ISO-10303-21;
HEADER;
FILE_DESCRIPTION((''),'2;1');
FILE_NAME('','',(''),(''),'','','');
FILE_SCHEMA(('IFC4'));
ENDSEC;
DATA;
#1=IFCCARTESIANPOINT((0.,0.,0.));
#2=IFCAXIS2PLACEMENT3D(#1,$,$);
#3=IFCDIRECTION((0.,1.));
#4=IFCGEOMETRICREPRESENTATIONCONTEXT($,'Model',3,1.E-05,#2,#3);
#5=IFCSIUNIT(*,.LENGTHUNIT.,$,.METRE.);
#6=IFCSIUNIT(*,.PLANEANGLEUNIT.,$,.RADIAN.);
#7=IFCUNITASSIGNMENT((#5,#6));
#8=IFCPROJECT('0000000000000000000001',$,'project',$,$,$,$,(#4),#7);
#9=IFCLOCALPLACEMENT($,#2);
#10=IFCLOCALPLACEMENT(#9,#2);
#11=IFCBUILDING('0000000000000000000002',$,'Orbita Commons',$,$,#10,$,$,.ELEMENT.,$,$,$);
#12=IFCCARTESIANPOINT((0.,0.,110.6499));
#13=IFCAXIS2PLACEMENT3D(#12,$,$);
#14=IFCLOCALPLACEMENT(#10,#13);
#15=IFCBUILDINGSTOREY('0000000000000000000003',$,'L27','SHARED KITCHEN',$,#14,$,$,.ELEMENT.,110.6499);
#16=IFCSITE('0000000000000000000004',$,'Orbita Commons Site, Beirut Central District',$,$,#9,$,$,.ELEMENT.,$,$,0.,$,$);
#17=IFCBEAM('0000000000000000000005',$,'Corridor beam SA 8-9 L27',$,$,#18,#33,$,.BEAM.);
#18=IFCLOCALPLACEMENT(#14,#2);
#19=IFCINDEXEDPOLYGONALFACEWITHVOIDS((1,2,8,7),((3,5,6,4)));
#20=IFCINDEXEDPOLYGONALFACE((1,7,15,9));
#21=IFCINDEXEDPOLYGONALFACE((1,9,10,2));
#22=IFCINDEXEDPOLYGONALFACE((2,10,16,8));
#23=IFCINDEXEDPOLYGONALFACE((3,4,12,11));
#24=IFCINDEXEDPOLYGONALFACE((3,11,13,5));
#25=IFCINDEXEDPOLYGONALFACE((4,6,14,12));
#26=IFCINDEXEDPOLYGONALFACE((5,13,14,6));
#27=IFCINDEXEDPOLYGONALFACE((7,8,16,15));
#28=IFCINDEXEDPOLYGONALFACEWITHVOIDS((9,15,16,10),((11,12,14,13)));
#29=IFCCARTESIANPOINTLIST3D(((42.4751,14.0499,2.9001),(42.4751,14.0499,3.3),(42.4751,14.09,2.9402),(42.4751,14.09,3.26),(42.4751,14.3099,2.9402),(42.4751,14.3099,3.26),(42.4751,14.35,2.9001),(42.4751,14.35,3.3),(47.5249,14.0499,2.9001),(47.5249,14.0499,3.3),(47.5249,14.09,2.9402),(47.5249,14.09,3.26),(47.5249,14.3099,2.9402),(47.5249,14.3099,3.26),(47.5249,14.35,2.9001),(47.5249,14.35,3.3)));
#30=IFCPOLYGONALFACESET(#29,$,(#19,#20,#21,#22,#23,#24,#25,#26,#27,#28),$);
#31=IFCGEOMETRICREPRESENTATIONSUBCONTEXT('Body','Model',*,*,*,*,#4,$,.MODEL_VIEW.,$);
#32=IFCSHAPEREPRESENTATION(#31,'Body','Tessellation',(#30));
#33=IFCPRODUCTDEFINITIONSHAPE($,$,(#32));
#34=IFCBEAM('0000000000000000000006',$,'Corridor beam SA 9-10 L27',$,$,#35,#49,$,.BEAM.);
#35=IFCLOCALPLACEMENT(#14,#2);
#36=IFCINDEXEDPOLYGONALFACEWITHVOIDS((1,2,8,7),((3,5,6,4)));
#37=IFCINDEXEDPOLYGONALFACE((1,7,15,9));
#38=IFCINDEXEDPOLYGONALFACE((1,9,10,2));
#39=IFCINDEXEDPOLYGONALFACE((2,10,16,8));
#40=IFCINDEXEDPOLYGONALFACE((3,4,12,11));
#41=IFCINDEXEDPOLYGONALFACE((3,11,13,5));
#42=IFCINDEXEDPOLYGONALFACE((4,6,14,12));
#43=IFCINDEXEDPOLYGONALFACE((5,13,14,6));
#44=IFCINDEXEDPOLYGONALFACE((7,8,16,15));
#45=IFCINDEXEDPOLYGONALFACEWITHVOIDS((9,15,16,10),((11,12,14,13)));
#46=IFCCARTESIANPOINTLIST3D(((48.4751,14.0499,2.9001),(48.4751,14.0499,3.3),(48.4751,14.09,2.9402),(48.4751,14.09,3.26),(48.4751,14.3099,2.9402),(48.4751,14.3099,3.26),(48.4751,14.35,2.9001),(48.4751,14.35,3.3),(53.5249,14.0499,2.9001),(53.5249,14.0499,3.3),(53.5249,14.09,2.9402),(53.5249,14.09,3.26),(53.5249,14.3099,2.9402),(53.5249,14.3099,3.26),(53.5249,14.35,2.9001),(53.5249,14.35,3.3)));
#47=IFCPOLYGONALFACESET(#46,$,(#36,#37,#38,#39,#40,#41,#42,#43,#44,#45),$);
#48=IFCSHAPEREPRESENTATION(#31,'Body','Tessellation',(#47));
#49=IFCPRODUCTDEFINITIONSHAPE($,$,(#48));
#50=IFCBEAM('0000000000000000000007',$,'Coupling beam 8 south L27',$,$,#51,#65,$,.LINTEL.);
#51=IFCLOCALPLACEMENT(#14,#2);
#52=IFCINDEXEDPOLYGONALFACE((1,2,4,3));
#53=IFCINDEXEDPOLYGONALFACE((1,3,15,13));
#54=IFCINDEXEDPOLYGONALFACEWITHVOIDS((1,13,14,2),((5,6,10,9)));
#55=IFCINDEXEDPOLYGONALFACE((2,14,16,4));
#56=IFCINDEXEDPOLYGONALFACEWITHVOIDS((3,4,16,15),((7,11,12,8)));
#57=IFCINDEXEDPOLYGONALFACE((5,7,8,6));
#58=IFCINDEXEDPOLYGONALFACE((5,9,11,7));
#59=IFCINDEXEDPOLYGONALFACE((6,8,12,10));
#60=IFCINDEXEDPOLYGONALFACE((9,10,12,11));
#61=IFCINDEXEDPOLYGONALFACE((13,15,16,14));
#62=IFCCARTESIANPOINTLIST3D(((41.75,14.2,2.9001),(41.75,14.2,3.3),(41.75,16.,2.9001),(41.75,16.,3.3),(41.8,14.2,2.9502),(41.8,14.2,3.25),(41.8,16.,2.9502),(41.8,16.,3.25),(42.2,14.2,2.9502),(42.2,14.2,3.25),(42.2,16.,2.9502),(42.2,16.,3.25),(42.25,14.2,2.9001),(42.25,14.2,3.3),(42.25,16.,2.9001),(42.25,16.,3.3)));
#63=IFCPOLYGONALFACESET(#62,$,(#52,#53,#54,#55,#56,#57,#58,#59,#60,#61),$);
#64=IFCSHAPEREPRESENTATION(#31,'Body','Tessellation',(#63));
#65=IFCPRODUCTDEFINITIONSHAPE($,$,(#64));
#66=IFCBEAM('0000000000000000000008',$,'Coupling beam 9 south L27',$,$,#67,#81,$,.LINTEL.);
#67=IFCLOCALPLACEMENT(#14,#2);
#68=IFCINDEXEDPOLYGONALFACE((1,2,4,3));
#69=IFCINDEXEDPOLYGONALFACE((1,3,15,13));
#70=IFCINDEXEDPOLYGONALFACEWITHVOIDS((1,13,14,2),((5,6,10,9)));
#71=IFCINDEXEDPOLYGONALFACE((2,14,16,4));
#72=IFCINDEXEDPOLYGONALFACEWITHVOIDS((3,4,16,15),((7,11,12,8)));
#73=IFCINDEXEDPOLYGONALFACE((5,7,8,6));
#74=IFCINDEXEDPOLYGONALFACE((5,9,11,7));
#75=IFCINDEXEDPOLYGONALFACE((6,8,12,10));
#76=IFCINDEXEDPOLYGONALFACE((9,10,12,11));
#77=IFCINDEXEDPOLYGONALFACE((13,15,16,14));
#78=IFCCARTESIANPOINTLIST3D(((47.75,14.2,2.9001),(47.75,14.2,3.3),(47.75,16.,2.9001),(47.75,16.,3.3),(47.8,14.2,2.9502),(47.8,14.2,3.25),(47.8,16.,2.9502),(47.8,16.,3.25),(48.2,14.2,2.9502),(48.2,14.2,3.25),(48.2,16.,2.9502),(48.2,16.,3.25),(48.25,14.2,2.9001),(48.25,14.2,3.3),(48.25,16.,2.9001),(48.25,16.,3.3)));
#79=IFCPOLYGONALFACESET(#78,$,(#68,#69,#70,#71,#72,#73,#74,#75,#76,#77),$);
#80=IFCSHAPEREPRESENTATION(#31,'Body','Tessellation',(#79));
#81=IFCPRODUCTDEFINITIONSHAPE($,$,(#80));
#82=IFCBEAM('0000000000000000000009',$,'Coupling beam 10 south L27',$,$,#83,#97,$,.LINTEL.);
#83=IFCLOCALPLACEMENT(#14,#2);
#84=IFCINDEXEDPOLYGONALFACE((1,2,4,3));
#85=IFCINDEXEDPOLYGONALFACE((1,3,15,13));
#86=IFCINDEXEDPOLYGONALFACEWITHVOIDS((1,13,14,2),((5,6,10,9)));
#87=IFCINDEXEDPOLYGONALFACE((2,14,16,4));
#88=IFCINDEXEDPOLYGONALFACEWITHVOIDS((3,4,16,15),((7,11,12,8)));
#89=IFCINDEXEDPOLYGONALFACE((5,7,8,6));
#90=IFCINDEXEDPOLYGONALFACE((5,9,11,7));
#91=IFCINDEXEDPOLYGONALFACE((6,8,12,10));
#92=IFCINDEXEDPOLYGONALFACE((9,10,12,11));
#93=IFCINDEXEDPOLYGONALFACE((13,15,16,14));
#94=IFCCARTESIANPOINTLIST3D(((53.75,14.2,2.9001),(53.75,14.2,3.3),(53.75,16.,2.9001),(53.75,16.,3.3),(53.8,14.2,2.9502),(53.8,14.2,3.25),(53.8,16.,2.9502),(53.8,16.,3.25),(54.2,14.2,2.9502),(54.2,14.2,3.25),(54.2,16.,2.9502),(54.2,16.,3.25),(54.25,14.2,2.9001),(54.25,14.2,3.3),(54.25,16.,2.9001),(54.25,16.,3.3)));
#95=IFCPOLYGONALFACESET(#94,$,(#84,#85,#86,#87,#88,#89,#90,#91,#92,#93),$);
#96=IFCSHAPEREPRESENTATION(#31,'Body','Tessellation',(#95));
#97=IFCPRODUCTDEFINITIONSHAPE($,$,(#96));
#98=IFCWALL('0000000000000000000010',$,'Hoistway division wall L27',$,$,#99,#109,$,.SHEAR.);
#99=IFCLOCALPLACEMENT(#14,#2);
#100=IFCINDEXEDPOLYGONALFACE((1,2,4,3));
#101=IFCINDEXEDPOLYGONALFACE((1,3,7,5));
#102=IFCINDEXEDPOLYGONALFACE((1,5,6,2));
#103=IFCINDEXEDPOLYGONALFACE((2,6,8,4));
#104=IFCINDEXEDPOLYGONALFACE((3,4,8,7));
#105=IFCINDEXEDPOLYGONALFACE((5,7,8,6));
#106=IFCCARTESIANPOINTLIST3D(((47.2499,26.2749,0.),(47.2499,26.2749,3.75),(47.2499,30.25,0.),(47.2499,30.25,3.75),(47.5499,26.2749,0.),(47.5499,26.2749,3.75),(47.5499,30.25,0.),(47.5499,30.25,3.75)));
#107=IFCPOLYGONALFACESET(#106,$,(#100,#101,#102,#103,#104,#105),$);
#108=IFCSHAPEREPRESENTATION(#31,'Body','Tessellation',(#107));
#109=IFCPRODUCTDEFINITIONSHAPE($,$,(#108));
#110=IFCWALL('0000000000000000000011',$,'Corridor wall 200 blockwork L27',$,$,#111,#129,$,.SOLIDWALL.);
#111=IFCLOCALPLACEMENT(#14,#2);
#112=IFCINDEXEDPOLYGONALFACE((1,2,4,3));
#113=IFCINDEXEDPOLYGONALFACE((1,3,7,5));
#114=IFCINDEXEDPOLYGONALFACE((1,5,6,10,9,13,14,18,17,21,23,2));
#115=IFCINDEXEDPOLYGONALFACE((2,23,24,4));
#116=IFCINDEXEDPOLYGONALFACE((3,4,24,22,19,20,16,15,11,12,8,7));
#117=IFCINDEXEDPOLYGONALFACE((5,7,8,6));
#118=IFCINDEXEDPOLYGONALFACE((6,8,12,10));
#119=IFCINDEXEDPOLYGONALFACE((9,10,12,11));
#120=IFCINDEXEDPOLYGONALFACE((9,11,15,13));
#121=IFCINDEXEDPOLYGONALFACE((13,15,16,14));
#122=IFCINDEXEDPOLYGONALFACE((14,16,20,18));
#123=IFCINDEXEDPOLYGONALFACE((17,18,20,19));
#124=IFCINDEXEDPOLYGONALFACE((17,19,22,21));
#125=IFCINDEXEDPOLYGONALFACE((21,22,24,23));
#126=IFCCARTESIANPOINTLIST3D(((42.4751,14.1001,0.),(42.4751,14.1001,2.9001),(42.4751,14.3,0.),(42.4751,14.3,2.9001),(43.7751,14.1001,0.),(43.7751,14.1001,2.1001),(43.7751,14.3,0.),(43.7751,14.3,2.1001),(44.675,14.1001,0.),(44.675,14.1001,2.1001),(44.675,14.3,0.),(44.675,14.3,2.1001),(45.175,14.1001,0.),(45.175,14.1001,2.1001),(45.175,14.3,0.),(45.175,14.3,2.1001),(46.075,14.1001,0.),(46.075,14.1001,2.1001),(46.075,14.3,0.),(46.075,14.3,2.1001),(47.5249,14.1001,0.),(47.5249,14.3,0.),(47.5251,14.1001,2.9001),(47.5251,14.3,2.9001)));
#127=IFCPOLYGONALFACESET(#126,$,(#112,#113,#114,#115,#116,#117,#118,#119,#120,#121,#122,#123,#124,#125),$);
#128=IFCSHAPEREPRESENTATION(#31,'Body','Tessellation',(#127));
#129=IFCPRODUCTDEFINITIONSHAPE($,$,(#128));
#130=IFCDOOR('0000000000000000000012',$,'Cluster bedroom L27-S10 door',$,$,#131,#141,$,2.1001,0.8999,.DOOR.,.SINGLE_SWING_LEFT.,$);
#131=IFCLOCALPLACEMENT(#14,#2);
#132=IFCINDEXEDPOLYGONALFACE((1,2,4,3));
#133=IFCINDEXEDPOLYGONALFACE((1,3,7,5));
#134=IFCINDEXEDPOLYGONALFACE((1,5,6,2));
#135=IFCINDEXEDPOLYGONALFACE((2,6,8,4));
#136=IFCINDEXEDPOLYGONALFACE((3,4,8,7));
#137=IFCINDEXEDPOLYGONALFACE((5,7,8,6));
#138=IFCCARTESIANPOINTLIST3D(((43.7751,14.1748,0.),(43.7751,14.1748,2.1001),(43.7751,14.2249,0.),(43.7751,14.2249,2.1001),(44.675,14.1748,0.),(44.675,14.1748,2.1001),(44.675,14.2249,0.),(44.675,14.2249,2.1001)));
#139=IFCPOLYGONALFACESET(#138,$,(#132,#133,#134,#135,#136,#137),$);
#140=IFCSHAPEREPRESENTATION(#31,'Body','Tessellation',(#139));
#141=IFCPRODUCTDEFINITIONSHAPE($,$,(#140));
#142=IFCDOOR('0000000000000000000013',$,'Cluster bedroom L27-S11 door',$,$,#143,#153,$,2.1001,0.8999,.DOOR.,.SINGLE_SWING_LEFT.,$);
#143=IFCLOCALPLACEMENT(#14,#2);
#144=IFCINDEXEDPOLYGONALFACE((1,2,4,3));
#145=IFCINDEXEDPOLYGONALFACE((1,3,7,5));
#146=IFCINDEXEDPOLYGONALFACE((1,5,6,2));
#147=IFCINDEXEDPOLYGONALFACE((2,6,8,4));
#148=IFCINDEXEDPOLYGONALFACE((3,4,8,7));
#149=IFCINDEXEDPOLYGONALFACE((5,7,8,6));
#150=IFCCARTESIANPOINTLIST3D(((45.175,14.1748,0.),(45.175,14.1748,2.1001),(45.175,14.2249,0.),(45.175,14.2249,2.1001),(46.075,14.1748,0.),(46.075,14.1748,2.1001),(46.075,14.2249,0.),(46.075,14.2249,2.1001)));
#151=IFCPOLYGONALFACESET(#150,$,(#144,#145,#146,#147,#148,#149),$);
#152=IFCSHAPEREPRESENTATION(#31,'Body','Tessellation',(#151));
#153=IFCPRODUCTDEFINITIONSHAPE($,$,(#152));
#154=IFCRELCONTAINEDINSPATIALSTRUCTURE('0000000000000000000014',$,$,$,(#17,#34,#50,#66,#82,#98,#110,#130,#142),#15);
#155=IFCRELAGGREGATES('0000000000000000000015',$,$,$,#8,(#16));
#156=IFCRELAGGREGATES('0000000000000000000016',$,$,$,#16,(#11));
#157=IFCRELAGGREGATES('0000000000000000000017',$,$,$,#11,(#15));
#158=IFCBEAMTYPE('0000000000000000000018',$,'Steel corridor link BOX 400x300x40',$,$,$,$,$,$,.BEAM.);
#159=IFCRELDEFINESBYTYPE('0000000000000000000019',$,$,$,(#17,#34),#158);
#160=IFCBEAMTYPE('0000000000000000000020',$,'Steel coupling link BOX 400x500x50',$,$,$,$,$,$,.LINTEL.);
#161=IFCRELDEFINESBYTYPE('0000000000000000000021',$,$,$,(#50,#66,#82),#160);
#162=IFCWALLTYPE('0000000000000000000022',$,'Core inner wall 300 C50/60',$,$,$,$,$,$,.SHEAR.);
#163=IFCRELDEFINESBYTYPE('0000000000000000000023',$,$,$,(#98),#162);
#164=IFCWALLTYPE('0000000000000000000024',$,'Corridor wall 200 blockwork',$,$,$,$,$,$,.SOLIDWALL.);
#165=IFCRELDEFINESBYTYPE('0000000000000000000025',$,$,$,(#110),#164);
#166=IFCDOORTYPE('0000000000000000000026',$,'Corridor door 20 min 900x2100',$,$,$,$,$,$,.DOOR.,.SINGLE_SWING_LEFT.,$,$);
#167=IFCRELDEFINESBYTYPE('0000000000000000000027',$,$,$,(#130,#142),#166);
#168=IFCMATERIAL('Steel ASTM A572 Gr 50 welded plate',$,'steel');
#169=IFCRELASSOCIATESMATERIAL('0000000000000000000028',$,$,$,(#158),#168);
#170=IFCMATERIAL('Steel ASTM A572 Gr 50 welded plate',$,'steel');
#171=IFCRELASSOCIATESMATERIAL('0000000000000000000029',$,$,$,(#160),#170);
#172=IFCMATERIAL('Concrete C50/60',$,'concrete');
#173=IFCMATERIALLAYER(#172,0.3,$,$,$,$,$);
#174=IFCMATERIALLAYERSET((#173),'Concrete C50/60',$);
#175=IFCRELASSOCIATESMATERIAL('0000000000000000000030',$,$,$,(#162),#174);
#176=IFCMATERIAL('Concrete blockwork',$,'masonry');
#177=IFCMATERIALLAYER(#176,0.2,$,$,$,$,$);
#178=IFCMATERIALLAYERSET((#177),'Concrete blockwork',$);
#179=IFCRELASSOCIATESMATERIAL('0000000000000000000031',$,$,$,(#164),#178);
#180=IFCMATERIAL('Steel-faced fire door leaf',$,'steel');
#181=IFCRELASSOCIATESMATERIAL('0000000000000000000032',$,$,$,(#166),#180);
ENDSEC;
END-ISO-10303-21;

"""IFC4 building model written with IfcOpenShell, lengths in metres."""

from ifc_helpers import new_model, si_unit, direction, frame, frame_2d, origin, origin_2d, place, context, subcontext, project, spatial, polyline, rectangle, hollow_rectangle, outline, extrude, material, layer, layer_set, material_profile, profile_set, type_object, element, fill, save


model = new_model("IFC4")

# Units and contexts
model_context = context("Model", 3, precision=1e-05, world=origin(), true_north=direction((0.0, 1.0)))
body_context = subcontext(model_context, "Body", "Model", "MODEL_VIEW")
ifc_project = project(units=[si_unit("LENGTHUNIT", "METRE"), si_unit("PLANEANGLEUNIT", "RADIAN")], contexts=[model_context])

# Site, building, storey
site_placement = place(None, origin())
site = spatial("IfcSite", under=ifc_project, at=site_placement, Name="Orbita Commons Site, Beirut Central District", CompositionType="ELEMENT", RefElevation=0.0)
building_placement = place(site_placement, origin())
building = spatial("IfcBuilding", under=site, at=building_placement, Name="Orbita Commons", CompositionType="ELEMENT")
storey_placement = place(building_placement, frame((0.0, 0.0, 110.6499)))
storey = spatial("IfcBuildingStorey", under=building, at=storey_placement, Name="L27", Description="SHARED KITCHEN", CompositionType="ELEMENT", Elevation=110.6499)

# Beams
ifc_material_1 = material(Name="Steel ASTM A572 Gr 50 welded plate", Category="steel")
ifc_material_profile_1 = material_profile(ifc_material_1, hollow_rectangle(XDim=0.3, YDim=0.3999, WallThickness=0.04, at=origin_2d()), Name="BOX 400x300x40")
ifc_profile_set_1 = profile_set([ifc_material_profile_1], Name="Steel ASTM A572 Gr 50 welded plate")
beam_type_1 = type_object("IfcBeamType", Name="Steel corridor link BOX 400x300x40", PredefinedType="BEAM", material=ifc_profile_set_1)
for number, where, z_axis, x_axis, name in (
    (1, (42.4751, 14.2, 3.1001), (1.0, 0.0, 0.0), (0.0, 1.0, 0.0), "Corridor beam SA 8-9 L27"),
    (2, (48.4751, 14.2, 3.1001), (1.0, 0.0, 0.0), (0.0, 1.0, 0.0), "Corridor beam SA 9-10 L27"),
):
    element("IfcBeam", number, at=place(storey_placement, frame(where, z_axis=z_axis, x_axis=x_axis)), inside=storey, type_object=beam_type_1, Name=name, PredefinedType="BEAM", context=body_context, shape_type="SweptSolid", body=[
        extrude(hollow_rectangle(XDim=0.3, YDim=0.3999, WallThickness=0.04, at=origin_2d()), origin(), (0.0, 0.0, 1.0), 5.0498),
    ])
ifc_material_2 = material(Name="Steel ASTM A572 Gr 50 welded plate", Category="steel")
ifc_material_profile_2 = material_profile(ifc_material_2, hollow_rectangle(XDim=0.5, YDim=0.3999, WallThickness=0.05, at=origin_2d()), Name="BOX 400x500x50")
ifc_profile_set_2 = profile_set([ifc_material_profile_2], Name="Steel ASTM A572 Gr 50 welded plate")
beam_type_2 = type_object("IfcBeamType", Name="Steel coupling link BOX 400x500x50", PredefinedType="LINTEL", material=ifc_profile_set_2)
for number, where, z_axis, x_axis, name in (
    (3, (42.0, 14.2, 3.1001), (0.0, 1.0, 0.0), (-1.0, 0.0, 0.0), "Coupling beam 8 south L27"),
    (4, (48.0, 14.2, 3.1001), (0.0, 1.0, 0.0), (-1.0, 0.0, 0.0), "Coupling beam 9 south L27"),
    (5, (54.0, 14.2, 3.1001), (0.0, 1.0, 0.0), (-1.0, 0.0, 0.0), "Coupling beam 10 south L27"),
):
    element("IfcBeam", number, at=place(storey_placement, frame(where, z_axis=z_axis, x_axis=x_axis)), inside=storey, type_object=beam_type_2, Name=name, PredefinedType="LINTEL", context=body_context, shape_type="SweptSolid", body=[
        extrude(hollow_rectangle(XDim=0.5, YDim=0.3999, WallThickness=0.05, at=origin_2d()), origin(), (0.0, 0.0, 1.0), 1.8),
    ])

# Wall
ifc_material_3 = material(Name="Concrete C50/60", Category="concrete")
ifc_layer_1 = layer(ifc_material_3, 0.3)
ifc_layer_set_1 = layer_set([ifc_layer_1], Name="Concrete C50/60")
wall_type_1 = type_object("IfcWallType", Name="Core inner wall 300 C50/60", PredefinedType="SHEAR", material=ifc_layer_set_1)
wall_1_placement = place(storey_placement, frame((47.3999, 26.2749, 0.0), z_axis=(0.0, 0.0, 1.0), x_axis=(0.0, 1.0, 0.0)))
element("IfcWall", 6, at=wall_1_placement, inside=storey, type_object=wall_type_1, Name="Hoistway division wall L27", PredefinedType="SHEAR", context=body_context, shape_type="SweptSolid", body=[
    extrude(rectangle(XDim=3.9751, YDim=0.3, at=frame_2d((1.9875, 0.0))), origin(), (0.0, 0.0, 1.0), 3.75),
])

# Wall, openings, doors
ifc_material_4 = material(Name="Concrete blockwork", Category="masonry")
ifc_layer_2 = layer(ifc_material_4, 0.2)
ifc_layer_set_2 = layer_set([ifc_layer_2], Name="Concrete blockwork")
wall_type_2 = type_object("IfcWallType", Name="Corridor wall 200 blockwork", PredefinedType="SOLIDWALL", material=ifc_layer_set_2)
wall_2_placement = place(storey_placement, frame((42.4751, 14.2, 0.0), z_axis=(0.0, 0.0, 1.0), x_axis=(1.0, 0.0, 0.0)))
wall_2 = element("IfcWall", 7, at=wall_2_placement, inside=storey, type_object=wall_type_2, Name="Corridor wall 200 blockwork L27", PredefinedType="SOLIDWALL", context=body_context, shape_type="SweptSolid", body=[
    extrude(outline(polyline([(0.0, 0.0), (5.0498, 0.0), (5.05, 2.9001), (0.0, 2.9001), (0.0, 0.0)])), frame((0.0, 0.1001, 0.0), z_axis=(0.0, -1.0, 0.0), x_axis=(1.0, 0.0, 0.0)), (0.0, 0.0, 1.0), 0.2),
])
opening_1_placement = place(wall_2_placement, frame((1.3, 0.0, 0.0)))
opening_1 = element("IfcOpeningElement", 8, at=opening_1_placement, cuts=wall_2, PredefinedType="OPENING", context=body_context, shape_type="SweptSolid", body=[
    extrude(rectangle(XDim=0.8999, YDim=2.1001, at=frame_2d((0.45, 1.05))), frame((0.0, 0.1099, 0.0), z_axis=(0.0, -1.0, 0.0), x_axis=(1.0, 0.0, 0.0)), (0.0, 0.0, 1.0), 0.22),
])
opening_2_placement = place(wall_2_placement, frame((2.7, 0.0, 0.0)))
opening_2 = element("IfcOpeningElement", 9, at=opening_2_placement, cuts=wall_2, PredefinedType="OPENING", context=body_context, shape_type="SweptSolid", body=[
    extrude(rectangle(XDim=0.8999, YDim=2.1001, at=frame_2d((0.45, 1.05))), frame((0.0, 0.1099, 0.0), z_axis=(0.0, -1.0, 0.0), x_axis=(1.0, 0.0, 0.0)), (0.0, 0.0, 1.0), 0.22),
])
ifc_material_5 = material(Name="Steel-faced fire door leaf", Category="steel")
door_type = type_object("IfcDoorType", Name="Corridor door 20 min 900x2100", OperationType="SINGLE_SWING_LEFT", PredefinedType="DOOR", material=ifc_material_5)
door_1_placement = place(opening_1_placement, origin())
door_1 = element("IfcDoor", 10, at=door_1_placement, inside=storey, type_object=door_type, Name="Cluster bedroom L27-S10 door", OperationType="SINGLE_SWING_LEFT", OverallHeight=2.1001, OverallWidth=0.8999, PredefinedType="DOOR", context=body_context, shape_type="SweptSolid", body=[
    extrude(rectangle(XDim=0.8999, YDim=2.1001, at=frame_2d((0.45, 1.05))), frame((0.0, 0.0249, 0.0), z_axis=(0.0, -1.0, 0.0), x_axis=(1.0, 0.0, 0.0)), (0.0, 0.0, 1.0), 0.05),
])
fill(opening_1, door_1)
door_2_placement = place(opening_2_placement, origin())
door_2 = element("IfcDoor", 11, at=door_2_placement, inside=storey, type_object=door_type, Name="Cluster bedroom L27-S11 door", OperationType="SINGLE_SWING_LEFT", OverallHeight=2.1001, OverallWidth=0.8999, PredefinedType="DOOR", context=body_context, shape_type="SweptSolid", body=[
    extrude(rectangle(XDim=0.8999, YDim=2.1001, at=frame_2d((0.45, 1.05))), frame((0.0, 0.0249, 0.0), z_axis=(0.0, -1.0, 0.0), x_axis=(1.0, 0.0, 0.0)), (0.0, 0.0, 1.0), 0.05),
])
fill(opening_2, door_2)

save(model, "model.ifc")
